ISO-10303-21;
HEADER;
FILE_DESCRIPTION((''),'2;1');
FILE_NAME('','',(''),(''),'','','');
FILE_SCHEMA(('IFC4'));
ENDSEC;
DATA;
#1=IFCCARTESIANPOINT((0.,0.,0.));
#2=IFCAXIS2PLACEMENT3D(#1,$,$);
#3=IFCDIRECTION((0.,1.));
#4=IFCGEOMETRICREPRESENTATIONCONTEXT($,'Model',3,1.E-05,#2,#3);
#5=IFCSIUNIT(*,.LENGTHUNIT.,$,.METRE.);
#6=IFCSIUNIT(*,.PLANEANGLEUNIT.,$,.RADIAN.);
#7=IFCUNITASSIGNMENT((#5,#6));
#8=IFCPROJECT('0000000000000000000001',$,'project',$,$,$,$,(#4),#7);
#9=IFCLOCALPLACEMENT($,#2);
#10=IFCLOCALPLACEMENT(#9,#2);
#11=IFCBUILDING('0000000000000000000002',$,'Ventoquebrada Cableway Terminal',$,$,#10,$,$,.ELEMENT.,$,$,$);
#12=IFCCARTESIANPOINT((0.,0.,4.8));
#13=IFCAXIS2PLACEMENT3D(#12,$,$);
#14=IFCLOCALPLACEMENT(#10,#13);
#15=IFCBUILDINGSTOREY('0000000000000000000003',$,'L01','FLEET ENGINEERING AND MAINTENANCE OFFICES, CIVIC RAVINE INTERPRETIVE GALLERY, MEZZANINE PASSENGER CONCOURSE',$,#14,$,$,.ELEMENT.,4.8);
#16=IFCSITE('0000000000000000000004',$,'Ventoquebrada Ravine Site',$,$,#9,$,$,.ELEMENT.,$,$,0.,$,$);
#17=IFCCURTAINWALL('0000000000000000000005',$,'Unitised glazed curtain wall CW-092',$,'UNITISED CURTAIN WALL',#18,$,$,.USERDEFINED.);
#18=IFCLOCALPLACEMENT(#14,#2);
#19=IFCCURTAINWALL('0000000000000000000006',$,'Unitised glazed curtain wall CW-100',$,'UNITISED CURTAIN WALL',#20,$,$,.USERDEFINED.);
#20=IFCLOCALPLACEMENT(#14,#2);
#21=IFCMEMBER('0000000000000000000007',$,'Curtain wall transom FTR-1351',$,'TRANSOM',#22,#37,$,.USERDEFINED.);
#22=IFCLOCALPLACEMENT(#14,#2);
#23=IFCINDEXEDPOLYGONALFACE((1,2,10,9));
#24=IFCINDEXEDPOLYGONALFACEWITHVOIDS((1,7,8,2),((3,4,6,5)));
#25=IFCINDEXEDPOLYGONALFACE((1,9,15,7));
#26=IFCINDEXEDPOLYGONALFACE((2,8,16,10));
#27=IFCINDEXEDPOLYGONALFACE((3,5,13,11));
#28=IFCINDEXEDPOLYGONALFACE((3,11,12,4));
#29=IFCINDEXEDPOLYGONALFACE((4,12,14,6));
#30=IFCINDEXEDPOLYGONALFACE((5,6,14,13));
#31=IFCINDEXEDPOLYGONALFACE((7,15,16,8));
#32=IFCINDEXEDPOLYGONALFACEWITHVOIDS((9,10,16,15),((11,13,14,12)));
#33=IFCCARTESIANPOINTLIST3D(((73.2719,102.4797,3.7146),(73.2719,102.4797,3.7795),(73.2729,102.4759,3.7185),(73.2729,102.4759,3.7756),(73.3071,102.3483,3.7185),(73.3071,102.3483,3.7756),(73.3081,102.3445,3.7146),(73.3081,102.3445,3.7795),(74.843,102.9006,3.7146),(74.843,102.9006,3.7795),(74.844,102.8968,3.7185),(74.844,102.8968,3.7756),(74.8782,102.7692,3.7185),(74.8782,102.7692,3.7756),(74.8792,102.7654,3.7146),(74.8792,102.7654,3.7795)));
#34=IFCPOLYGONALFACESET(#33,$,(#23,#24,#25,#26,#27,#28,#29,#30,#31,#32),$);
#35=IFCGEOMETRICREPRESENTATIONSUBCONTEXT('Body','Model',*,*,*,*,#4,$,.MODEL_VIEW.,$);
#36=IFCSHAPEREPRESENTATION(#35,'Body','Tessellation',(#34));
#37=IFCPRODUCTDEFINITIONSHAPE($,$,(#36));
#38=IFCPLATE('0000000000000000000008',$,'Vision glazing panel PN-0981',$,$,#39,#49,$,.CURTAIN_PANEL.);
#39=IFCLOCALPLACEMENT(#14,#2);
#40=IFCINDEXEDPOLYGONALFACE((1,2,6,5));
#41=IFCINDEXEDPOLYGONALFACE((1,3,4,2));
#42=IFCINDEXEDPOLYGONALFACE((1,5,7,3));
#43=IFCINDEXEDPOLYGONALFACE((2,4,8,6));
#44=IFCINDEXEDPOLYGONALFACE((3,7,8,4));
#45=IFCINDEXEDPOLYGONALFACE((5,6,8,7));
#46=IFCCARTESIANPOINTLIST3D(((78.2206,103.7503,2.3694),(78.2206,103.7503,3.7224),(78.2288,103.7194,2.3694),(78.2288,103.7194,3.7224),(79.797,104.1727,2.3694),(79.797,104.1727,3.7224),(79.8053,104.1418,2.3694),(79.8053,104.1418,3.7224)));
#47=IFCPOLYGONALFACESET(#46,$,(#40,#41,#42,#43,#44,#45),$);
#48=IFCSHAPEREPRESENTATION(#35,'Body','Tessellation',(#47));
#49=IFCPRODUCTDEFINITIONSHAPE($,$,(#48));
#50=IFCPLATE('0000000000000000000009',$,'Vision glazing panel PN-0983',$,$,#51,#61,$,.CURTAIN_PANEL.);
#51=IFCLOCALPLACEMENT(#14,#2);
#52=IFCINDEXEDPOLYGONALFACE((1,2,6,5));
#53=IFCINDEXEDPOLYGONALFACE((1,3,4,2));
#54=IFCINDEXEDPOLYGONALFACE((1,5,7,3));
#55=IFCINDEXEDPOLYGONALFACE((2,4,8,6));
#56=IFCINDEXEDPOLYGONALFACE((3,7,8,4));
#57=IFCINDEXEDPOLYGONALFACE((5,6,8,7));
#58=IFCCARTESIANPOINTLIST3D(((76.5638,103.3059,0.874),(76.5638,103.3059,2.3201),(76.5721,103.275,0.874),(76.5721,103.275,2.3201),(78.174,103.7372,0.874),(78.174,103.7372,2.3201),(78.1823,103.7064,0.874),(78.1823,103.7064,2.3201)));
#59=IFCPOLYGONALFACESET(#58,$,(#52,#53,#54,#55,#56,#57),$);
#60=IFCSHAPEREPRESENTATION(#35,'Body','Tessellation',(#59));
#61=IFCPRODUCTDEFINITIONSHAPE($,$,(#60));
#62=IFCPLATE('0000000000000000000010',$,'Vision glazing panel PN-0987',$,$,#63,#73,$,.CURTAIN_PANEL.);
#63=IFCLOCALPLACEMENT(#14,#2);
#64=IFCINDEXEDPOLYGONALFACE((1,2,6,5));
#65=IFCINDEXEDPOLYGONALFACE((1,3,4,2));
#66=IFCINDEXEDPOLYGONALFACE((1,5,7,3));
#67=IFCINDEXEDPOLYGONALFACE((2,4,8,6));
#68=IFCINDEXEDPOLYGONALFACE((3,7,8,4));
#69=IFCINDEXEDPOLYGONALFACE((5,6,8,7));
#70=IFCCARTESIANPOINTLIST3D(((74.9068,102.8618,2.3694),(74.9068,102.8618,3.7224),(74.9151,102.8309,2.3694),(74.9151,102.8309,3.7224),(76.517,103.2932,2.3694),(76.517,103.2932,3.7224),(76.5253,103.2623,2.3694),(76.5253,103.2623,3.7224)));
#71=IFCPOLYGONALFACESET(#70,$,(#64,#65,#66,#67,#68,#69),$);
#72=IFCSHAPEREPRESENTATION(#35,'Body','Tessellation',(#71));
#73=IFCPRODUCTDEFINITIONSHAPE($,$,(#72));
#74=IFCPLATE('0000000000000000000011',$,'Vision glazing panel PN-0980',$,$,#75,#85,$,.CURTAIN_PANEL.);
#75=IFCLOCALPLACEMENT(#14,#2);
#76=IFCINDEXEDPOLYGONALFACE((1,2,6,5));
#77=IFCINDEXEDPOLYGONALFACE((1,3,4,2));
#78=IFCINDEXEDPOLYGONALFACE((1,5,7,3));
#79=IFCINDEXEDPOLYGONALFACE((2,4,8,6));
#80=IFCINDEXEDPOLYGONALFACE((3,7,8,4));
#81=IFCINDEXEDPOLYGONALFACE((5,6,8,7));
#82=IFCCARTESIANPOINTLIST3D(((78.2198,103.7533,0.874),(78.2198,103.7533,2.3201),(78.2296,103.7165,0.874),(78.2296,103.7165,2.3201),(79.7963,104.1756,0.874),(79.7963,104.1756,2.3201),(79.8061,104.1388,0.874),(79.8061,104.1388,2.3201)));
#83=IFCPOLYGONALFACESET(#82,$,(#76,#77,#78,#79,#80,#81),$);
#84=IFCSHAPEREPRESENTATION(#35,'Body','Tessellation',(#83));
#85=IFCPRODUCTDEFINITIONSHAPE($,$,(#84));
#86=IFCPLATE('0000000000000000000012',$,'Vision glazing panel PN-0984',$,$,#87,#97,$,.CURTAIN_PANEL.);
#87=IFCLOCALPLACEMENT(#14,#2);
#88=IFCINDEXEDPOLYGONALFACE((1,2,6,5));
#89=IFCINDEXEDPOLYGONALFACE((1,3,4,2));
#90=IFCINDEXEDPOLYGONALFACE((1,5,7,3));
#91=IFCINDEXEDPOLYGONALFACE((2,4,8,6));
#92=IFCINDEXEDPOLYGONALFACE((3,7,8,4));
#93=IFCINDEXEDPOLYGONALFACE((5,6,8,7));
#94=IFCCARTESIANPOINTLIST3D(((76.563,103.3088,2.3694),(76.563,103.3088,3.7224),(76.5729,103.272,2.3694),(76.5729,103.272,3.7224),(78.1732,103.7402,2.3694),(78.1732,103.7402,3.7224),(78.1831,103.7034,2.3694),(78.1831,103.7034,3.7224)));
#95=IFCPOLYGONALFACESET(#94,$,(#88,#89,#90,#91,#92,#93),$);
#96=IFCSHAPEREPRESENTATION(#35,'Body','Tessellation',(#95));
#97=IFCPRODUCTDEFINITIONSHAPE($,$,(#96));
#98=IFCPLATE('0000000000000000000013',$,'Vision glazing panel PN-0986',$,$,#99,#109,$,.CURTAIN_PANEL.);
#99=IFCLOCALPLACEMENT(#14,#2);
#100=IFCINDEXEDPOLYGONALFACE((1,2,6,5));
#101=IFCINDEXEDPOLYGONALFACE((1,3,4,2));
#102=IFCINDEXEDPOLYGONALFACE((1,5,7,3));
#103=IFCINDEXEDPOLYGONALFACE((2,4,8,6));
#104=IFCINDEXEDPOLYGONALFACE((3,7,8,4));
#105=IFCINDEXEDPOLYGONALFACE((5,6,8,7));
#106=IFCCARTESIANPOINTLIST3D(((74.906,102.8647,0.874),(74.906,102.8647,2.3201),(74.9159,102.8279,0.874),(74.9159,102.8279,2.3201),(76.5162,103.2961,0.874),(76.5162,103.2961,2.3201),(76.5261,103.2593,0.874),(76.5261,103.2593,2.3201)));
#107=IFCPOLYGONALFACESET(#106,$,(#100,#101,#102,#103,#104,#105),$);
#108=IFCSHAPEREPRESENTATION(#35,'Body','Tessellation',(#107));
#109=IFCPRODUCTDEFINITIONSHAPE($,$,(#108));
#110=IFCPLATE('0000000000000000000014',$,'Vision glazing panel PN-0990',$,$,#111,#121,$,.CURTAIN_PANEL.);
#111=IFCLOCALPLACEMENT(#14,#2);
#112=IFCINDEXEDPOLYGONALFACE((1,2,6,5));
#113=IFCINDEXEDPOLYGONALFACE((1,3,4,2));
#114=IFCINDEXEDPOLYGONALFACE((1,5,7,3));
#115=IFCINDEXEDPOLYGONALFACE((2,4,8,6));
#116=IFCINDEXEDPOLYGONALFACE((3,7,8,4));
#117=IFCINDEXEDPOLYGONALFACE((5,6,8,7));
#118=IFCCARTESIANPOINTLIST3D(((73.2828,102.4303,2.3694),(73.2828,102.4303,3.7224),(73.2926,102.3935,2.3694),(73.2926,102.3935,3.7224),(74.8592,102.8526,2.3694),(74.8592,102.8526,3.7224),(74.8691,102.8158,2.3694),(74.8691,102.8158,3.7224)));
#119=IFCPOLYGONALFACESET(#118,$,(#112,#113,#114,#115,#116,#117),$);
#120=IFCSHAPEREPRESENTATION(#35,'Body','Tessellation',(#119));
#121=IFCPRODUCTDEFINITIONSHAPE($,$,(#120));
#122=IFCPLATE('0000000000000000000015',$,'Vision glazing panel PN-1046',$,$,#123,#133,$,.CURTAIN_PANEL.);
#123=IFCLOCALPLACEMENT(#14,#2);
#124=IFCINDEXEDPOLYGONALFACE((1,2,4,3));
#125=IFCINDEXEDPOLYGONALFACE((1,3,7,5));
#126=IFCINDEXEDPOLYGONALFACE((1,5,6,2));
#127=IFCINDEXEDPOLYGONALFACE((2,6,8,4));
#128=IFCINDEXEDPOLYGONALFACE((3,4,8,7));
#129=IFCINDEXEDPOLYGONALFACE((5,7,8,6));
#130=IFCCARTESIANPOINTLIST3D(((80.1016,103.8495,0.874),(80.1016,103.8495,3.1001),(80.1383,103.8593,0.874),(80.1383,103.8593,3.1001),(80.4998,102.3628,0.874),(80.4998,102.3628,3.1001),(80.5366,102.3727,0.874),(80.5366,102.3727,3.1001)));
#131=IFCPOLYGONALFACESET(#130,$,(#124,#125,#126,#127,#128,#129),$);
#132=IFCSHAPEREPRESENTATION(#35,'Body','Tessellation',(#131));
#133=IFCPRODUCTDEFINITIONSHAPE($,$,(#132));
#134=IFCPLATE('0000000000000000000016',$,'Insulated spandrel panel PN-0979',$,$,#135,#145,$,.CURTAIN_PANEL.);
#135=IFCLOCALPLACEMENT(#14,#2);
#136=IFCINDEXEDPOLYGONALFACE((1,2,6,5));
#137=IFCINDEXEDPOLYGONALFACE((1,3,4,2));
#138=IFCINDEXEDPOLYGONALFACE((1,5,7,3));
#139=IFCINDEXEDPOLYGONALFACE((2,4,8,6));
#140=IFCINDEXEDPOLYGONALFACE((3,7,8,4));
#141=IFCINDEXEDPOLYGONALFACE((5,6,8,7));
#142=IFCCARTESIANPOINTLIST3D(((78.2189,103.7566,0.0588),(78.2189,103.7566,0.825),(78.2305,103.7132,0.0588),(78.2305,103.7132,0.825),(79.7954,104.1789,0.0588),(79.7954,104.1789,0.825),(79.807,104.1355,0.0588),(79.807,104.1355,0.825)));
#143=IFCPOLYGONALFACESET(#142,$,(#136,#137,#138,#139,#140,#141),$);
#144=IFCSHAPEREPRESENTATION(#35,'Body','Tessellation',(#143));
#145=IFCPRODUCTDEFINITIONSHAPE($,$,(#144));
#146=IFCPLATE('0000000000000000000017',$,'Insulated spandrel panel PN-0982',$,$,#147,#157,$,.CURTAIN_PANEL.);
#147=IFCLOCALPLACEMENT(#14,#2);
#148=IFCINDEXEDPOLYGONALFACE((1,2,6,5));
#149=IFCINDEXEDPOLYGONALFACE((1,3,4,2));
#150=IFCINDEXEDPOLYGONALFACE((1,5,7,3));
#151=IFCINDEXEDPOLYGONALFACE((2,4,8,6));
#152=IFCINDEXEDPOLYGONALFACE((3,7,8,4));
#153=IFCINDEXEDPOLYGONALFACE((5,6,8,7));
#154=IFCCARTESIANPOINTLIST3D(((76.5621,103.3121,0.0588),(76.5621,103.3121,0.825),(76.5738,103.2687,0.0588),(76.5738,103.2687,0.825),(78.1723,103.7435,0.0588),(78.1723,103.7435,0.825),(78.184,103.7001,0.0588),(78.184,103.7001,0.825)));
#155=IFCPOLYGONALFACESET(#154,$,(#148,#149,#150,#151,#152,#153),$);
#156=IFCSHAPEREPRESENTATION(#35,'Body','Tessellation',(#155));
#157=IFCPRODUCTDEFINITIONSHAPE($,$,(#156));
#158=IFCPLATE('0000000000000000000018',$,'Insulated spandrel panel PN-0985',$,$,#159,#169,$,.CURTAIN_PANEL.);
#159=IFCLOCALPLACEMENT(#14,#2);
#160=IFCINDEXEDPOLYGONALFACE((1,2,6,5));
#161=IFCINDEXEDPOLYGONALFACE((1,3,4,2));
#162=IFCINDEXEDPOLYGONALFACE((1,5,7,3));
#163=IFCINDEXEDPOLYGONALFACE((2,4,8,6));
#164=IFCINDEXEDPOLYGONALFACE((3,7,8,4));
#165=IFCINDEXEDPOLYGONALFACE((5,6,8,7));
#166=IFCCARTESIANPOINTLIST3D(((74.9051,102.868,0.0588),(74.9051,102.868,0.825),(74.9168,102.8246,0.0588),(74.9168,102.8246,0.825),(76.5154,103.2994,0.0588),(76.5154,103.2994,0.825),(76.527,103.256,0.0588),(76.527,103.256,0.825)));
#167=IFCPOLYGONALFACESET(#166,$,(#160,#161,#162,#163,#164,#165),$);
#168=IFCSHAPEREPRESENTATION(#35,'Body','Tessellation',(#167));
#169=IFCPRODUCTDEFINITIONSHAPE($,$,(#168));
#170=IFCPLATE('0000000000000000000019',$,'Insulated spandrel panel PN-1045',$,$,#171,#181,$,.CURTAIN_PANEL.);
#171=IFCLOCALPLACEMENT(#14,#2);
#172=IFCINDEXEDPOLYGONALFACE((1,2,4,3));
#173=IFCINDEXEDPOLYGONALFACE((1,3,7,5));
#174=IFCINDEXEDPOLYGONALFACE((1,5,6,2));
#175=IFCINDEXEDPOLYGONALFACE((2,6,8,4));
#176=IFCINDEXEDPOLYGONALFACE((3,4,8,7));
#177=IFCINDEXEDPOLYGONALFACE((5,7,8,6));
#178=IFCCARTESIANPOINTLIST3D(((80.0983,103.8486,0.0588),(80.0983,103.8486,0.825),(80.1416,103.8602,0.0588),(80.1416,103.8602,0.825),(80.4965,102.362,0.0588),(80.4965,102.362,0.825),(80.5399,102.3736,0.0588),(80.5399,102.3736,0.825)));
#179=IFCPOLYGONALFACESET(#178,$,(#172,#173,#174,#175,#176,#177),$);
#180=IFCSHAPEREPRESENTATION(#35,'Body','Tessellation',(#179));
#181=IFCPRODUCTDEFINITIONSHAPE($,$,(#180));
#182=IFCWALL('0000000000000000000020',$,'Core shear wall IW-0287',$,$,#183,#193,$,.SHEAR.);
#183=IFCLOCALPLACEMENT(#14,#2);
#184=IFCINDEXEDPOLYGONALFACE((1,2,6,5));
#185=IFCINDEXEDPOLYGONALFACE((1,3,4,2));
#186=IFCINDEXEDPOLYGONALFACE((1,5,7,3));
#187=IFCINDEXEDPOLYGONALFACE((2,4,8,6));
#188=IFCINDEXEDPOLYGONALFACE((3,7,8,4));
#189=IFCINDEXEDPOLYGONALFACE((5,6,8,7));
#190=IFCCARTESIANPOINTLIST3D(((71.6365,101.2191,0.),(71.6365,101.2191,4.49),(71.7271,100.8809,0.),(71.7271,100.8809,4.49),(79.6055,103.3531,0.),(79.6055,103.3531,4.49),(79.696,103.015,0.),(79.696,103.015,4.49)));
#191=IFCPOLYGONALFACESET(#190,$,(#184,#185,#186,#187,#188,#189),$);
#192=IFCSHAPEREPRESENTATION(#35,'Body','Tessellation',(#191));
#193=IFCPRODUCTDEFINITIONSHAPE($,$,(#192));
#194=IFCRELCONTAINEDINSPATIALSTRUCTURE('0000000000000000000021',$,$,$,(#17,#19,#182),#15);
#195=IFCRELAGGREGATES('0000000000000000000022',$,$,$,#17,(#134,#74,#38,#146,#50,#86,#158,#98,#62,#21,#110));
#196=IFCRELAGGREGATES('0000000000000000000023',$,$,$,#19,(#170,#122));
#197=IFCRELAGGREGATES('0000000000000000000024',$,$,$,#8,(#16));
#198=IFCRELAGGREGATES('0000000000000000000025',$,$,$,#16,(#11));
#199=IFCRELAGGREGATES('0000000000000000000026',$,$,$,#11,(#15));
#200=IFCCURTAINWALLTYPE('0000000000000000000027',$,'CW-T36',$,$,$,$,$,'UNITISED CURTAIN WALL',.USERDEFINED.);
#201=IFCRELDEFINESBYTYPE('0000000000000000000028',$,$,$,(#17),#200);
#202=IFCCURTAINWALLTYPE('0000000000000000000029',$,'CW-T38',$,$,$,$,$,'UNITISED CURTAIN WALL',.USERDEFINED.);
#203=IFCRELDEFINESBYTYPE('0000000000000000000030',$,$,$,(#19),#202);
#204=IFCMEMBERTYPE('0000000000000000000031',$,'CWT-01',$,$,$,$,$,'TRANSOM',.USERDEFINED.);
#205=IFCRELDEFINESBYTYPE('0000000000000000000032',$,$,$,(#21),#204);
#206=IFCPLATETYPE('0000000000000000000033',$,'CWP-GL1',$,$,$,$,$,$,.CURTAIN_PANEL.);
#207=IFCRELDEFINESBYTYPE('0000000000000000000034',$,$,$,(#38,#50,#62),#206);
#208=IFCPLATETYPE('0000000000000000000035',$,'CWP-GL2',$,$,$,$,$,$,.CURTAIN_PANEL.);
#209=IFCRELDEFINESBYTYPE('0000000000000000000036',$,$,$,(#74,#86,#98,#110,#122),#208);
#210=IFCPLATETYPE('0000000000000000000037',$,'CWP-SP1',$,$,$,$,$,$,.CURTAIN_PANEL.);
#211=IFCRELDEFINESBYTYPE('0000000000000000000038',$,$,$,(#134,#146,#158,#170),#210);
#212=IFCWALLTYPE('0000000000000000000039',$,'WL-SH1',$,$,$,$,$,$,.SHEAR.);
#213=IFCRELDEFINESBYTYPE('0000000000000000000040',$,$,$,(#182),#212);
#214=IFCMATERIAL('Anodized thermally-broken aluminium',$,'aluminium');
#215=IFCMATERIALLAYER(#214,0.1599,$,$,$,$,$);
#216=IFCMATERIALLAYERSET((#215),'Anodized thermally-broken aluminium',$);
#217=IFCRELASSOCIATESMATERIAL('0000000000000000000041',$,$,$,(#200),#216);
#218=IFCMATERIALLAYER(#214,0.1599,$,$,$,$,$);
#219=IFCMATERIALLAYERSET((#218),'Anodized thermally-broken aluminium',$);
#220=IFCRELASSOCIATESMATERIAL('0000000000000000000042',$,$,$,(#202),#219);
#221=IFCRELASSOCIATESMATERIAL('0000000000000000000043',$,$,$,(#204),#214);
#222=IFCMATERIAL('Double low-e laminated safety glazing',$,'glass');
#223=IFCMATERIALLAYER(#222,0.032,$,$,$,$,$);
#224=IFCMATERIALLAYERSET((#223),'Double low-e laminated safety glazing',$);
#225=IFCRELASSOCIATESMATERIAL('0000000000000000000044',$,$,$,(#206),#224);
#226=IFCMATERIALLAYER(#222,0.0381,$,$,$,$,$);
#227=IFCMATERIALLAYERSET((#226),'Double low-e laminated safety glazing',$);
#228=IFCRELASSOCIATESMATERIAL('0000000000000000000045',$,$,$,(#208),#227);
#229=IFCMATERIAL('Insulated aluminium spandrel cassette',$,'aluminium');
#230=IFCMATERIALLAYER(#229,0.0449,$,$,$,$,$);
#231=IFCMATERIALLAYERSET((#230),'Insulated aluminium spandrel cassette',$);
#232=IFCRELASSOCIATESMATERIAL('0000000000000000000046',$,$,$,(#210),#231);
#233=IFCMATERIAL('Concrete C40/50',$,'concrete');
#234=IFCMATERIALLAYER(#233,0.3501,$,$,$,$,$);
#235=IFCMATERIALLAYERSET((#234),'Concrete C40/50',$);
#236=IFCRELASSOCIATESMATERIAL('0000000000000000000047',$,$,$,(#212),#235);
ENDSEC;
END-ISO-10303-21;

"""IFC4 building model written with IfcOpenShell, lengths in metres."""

from ifc_helpers import new_model, si_unit, direction, frame, frame_2d, origin, origin_2d, place, context, subcontext, project, spatial, rectangle, hollow_rectangle, extrude, material, layer, layer_set, material_profile, profile_set, type_object, element, aggregate, save


model = new_model("IFC4")

# Units and contexts
model_context = context("Model", 3, precision=1e-05, world=origin(), true_north=direction((0.0, 1.0)))
body_context = subcontext(model_context, "Body", "Model", "MODEL_VIEW")
ifc_project = project(units=[si_unit("LENGTHUNIT", "METRE"), si_unit("PLANEANGLEUNIT", "RADIAN")], contexts=[model_context])

# Site, building, storey
site_placement = place(None, origin())
site = spatial("IfcSite", under=ifc_project, at=site_placement, Name="Ventoquebrada Ravine Site", CompositionType="ELEMENT", RefElevation=0.0)
building_placement = place(site_placement, origin())
building = spatial("IfcBuilding", under=site, at=building_placement, Name="Ventoquebrada Cableway Terminal", CompositionType="ELEMENT")
storey_placement = place(building_placement, frame((0.0, 0.0, 4.8)))
storey = spatial("IfcBuildingStorey", under=building, at=storey_placement, Name="L01", Description="FLEET ENGINEERING AND MAINTENANCE OFFICES, CIVIC RAVINE INTERPRETIVE GALLERY, MEZZANINE PASSENGER CONCOURSE", CompositionType="ELEMENT", Elevation=4.8)

# Curtain wall
ifc_material_1 = material(Name="Anodized thermally-broken aluminium", Category="aluminium")
ifc_layer_1 = layer(ifc_material_1, 0.1599)
ifc_layer_set_1 = layer_set([ifc_layer_1], Name="Anodized thermally-broken aluminium")
curtain_wall_type_1 = type_object("IfcCurtainWallType", Name="CW-T36", ElementType="UNITISED CURTAIN WALL", PredefinedType="USERDEFINED", material=ifc_layer_set_1)
curtain_wall_1_placement = place(storey_placement, origin())
curtain_wall_1 = element("IfcCurtainWall", 1, at=curtain_wall_1_placement, inside=storey, type_object=curtain_wall_type_1, Name="Unitised glazed curtain wall CW-092", ObjectType="UNITISED CURTAIN WALL", PredefinedType="USERDEFINED")

# Curtain wall
ifc_layer_2 = layer(ifc_material_1, 0.1599)
ifc_layer_set_2 = layer_set([ifc_layer_2], Name="Anodized thermally-broken aluminium")
curtain_wall_type_2 = type_object("IfcCurtainWallType", Name="CW-T38", ElementType="UNITISED CURTAIN WALL", PredefinedType="USERDEFINED", material=ifc_layer_set_2)
curtain_wall_2_placement = place(storey_placement, origin())
curtain_wall_2 = element("IfcCurtainWall", 2, at=curtain_wall_2_placement, inside=storey, type_object=curtain_wall_type_2, Name="Unitised glazed curtain wall CW-100", ObjectType="UNITISED CURTAIN WALL", PredefinedType="USERDEFINED")

# Member
ifc_material_profile_1 = material_profile(ifc_material_1, hollow_rectangle(XDim=0.0649, YDim=0.1399, WallThickness=0.0039, at=origin_2d()), Name="CW-TRN-65X140")
ifc_profile_set_1 = profile_set([ifc_material_profile_1], Name="Anodized thermally-broken aluminium")
member_type_1 = type_object("IfcMemberType", Name="CWT-01", ElementType="TRANSOM", PredefinedType="USERDEFINED", material=ifc_profile_set_1)
member_1_placement = place(storey_placement, frame((74.8611, 102.833, 3.7471), z_axis=(-0.965935, -0.258784, 0.0), x_axis=(0.0, 0.0, 1.0)))
member_1 = element("IfcMember", 3, at=member_1_placement, type_object=member_type_1, Name="Curtain wall transom FTR-1351", ObjectType="TRANSOM", PredefinedType="USERDEFINED", context=body_context, shape_type="SweptSolid", body=[
    extrude(hollow_rectangle(XDim=0.0649, YDim=0.1399, WallThickness=0.0039, at=origin_2d()), origin(), (0.0, 0.0, 1.0), 1.6265),
])

# Plates
ifc_material_2 = material(Name="Double low-e laminated safety glazing", Category="glass")
ifc_layer_3 = layer(ifc_material_2, 0.032)
ifc_layer_set_3 = layer_set([ifc_layer_3], Name="Double low-e laminated safety glazing")
plate_type_1 = type_object("IfcPlateType", Name="CWP-GL1", PredefinedType="CURTAIN_PANEL", material=ifc_layer_set_3)
plate_1_placement = place(storey_placement, frame((79.0129, 103.946, 2.3694), z_axis=(0.0, 0.0, 1.0), x_axis=(-0.965935, -0.258785, 0.0)))
plate_1 = element("IfcPlate", 4, at=plate_1_placement, type_object=plate_type_1, Name="Vision glazing panel PN-0981", PredefinedType="CURTAIN_PANEL", context=body_context, shape_type="SweptSolid", body=[
    extrude(rectangle(XDim=1.6321, YDim=0.032, at=origin_2d()), origin(), (0.0, 0.0, 1.0), 1.353),
])
plate_2_placement = place(storey_placement, frame((77.373, 103.5061, 0.874), z_axis=(0.0, 0.0, 1.0), x_axis=(-0.965935, -0.258785, 0.0)))
plate_2 = element("IfcPlate", 5, at=plate_2_placement, type_object=plate_type_1, Name="Vision glazing panel PN-0983", PredefinedType="CURTAIN_PANEL", context=body_context, shape_type="SweptSolid", body=[
    extrude(rectangle(XDim=1.667, YDim=0.032, at=origin_2d()), origin(), (0.0, 0.0, 1.0), 1.446),
])
plate_3_placement = place(storey_placement, frame((75.7161, 103.062, 2.3694), z_axis=(0.0, 0.0, 1.0), x_axis=(-0.965935, -0.258785, 0.0)))
plate_3 = element("IfcPlate", 6, at=plate_3_placement, type_object=plate_type_1, Name="Vision glazing panel PN-0987", PredefinedType="CURTAIN_PANEL", context=body_context, shape_type="SweptSolid", body=[
    extrude(rectangle(XDim=1.667, YDim=0.032, at=origin_2d()), origin(), (0.0, 0.0, 1.0), 1.353),
])
ifc_layer_4 = layer(ifc_material_2, 0.0381)
ifc_layer_set_4 = layer_set([ifc_layer_4], Name="Double low-e laminated safety glazing")
plate_type_2 = type_object("IfcPlateType", Name="CWP-GL2", PredefinedType="CURTAIN_PANEL", material=ifc_layer_set_4)
plate_4_placement = place(storey_placement, frame((79.0129, 103.946, 0.874), z_axis=(0.0, 0.0, 1.0), x_axis=(-0.965935, -0.258785, 0.0)))
plate_4 = element("IfcPlate", 7, at=plate_4_placement, type_object=plate_type_2, Name="Vision glazing panel PN-0980", PredefinedType="CURTAIN_PANEL", context=body_context, shape_type="SweptSolid", body=[
    extrude(rectangle(XDim=1.6321, YDim=0.0381, at=origin_2d()), origin(), (0.0, 0.0, 1.0), 1.446),
])
plate_5_placement = place(storey_placement, frame((77.373, 103.5061, 2.3694), z_axis=(0.0, 0.0, 1.0), x_axis=(-0.965935, -0.258785, 0.0)))
plate_5 = element("IfcPlate", 8, at=plate_5_placement, type_object=plate_type_2, Name="Vision glazing panel PN-0984", PredefinedType="CURTAIN_PANEL", context=body_context, shape_type="SweptSolid", body=[
    extrude(rectangle(XDim=1.667, YDim=0.0381, at=origin_2d()), origin(), (0.0, 0.0, 1.0), 1.353),
])
plate_6_placement = place(storey_placement, frame((75.7161, 103.062, 0.874), z_axis=(0.0, 0.0, 1.0), x_axis=(-0.965935, -0.258785, 0.0)))
plate_6 = element("IfcPlate", 9, at=plate_6_placement, type_object=plate_type_2, Name="Vision glazing panel PN-0986", PredefinedType="CURTAIN_PANEL", context=body_context, shape_type="SweptSolid", body=[
    extrude(rectangle(XDim=1.667, YDim=0.0381, at=origin_2d()), origin(), (0.0, 0.0, 1.0), 1.446),
])
plate_7_placement = place(storey_placement, frame((74.0759, 102.623, 2.3694), z_axis=(0.0, 0.0, 1.0), x_axis=(-0.965935, -0.258785, 0.0)))
plate_7 = element("IfcPlate", 10, at=plate_7_placement, type_object=plate_type_2, Name="Vision glazing panel PN-0990", PredefinedType="CURTAIN_PANEL", context=body_context, shape_type="SweptSolid", body=[
    extrude(rectangle(XDim=1.6321, YDim=0.0381, at=origin_2d()), origin(), (0.0, 0.0, 1.0), 1.353),
])
plate_8_placement = place(storey_placement, frame((80.3191, 103.1111, 0.874), z_axis=(0.0, 0.0, 1.0), x_axis=(-0.258785, 0.965935, 0.0)))
plate_8 = element("IfcPlate", 11, at=plate_8_placement, type_object=plate_type_2, Name="Vision glazing panel PN-1046", PredefinedType="CURTAIN_PANEL", context=body_context, shape_type="SweptSolid", body=[
    extrude(rectangle(XDim=1.5391, YDim=0.0381, at=origin_2d()), origin(), (0.0, 0.0, 1.0), 2.2261),
])
ifc_material_3 = material(Name="Insulated aluminium spandrel cassette", Category="aluminium")
ifc_layer_5 = layer(ifc_material_3, 0.0449)
ifc_layer_set_5 = layer_set([ifc_layer_5], Name="Insulated aluminium spandrel cassette")
plate_type_3 = type_object("IfcPlateType", Name="CWP-SP1", PredefinedType="CURTAIN_PANEL", material=ifc_layer_set_5)
plate_9_placement = place(storey_placement, frame((79.0129, 103.946, 0.0588), z_axis=(0.0, 0.0, 1.0), x_axis=(-0.965935, -0.258785, 0.0)))
plate_9 = element("IfcPlate", 12, at=plate_9_placement, type_object=plate_type_3, Name="Insulated spandrel panel PN-0979", PredefinedType="CURTAIN_PANEL", context=body_context, shape_type="SweptSolid", body=[
    extrude(rectangle(XDim=1.6321, YDim=0.0449, at=origin_2d()), origin(), (0.0, 0.0, 1.0), 0.7661),
])
plate_10_placement = place(storey_placement, frame((77.373, 103.5061, 0.0588), z_axis=(0.0, 0.0, 1.0), x_axis=(-0.965935, -0.258785, 0.0)))
plate_10 = element("IfcPlate", 13, at=plate_10_placement, type_object=plate_type_3, Name="Insulated spandrel panel PN-0982", PredefinedType="CURTAIN_PANEL", context=body_context, shape_type="SweptSolid", body=[
    extrude(rectangle(XDim=1.667, YDim=0.0449, at=origin_2d()), origin(), (0.0, 0.0, 1.0), 0.7661),
])
plate_11_placement = place(storey_placement, frame((75.7161, 103.062, 0.0588), z_axis=(0.0, 0.0, 1.0), x_axis=(-0.965935, -0.258785, 0.0)))
plate_11 = element("IfcPlate", 14, at=plate_11_placement, type_object=plate_type_3, Name="Insulated spandrel panel PN-0985", PredefinedType="CURTAIN_PANEL", context=body_context, shape_type="SweptSolid", body=[
    extrude(rectangle(XDim=1.667, YDim=0.0449, at=origin_2d()), origin(), (0.0, 0.0, 1.0), 0.7661),
])
aggregate(curtain_wall_1, [plate_9, plate_4, plate_1, plate_10, plate_2, plate_5, plate_11, plate_6, plate_3, member_1, plate_7])
plate_12_placement = place(storey_placement, frame((80.3191, 103.1111, 0.0588), z_axis=(0.0, 0.0, 1.0), x_axis=(-0.258785, 0.965935, 0.0)))
plate_12 = element("IfcPlate", 15, at=plate_12_placement, type_object=plate_type_3, Name="Insulated spandrel panel PN-1045", PredefinedType="CURTAIN_PANEL", context=body_context, shape_type="SweptSolid", body=[
    extrude(rectangle(XDim=1.5391, YDim=0.0449, at=origin_2d()), origin(), (0.0, 0.0, 1.0), 0.7661),
])
aggregate(curtain_wall_2, [plate_12, plate_8])

# Wall
ifc_material_4 = material(Name="Concrete C40/50", Category="concrete")
ifc_layer_6 = layer(ifc_material_4, 0.3501)
ifc_layer_set_6 = layer_set([ifc_layer_6], Name="Concrete C40/50")
wall_type = type_object("IfcWallType", Name="WL-SH1", PredefinedType="SHEAR", material=ifc_layer_set_6)
wall_placement = place(storey_placement, frame((79.6509, 103.1841, 0.0), z_axis=(0.0, 0.0, 1.0), x_axis=(-0.965964, -0.258677, 0.0)))
element("IfcWall", 16, at=wall_placement, inside=storey, type_object=wall_type, Name="Core shear wall IW-0287", PredefinedType="SHEAR", context=body_context, shape_type="SweptSolid", body=[
    extrude(rectangle(XDim=8.2498, YDim=0.3501, at=frame_2d((4.125, 0.0))), origin(), (0.0, 0.0, 1.0), 4.49),
])

save(model, "model.ifc")
